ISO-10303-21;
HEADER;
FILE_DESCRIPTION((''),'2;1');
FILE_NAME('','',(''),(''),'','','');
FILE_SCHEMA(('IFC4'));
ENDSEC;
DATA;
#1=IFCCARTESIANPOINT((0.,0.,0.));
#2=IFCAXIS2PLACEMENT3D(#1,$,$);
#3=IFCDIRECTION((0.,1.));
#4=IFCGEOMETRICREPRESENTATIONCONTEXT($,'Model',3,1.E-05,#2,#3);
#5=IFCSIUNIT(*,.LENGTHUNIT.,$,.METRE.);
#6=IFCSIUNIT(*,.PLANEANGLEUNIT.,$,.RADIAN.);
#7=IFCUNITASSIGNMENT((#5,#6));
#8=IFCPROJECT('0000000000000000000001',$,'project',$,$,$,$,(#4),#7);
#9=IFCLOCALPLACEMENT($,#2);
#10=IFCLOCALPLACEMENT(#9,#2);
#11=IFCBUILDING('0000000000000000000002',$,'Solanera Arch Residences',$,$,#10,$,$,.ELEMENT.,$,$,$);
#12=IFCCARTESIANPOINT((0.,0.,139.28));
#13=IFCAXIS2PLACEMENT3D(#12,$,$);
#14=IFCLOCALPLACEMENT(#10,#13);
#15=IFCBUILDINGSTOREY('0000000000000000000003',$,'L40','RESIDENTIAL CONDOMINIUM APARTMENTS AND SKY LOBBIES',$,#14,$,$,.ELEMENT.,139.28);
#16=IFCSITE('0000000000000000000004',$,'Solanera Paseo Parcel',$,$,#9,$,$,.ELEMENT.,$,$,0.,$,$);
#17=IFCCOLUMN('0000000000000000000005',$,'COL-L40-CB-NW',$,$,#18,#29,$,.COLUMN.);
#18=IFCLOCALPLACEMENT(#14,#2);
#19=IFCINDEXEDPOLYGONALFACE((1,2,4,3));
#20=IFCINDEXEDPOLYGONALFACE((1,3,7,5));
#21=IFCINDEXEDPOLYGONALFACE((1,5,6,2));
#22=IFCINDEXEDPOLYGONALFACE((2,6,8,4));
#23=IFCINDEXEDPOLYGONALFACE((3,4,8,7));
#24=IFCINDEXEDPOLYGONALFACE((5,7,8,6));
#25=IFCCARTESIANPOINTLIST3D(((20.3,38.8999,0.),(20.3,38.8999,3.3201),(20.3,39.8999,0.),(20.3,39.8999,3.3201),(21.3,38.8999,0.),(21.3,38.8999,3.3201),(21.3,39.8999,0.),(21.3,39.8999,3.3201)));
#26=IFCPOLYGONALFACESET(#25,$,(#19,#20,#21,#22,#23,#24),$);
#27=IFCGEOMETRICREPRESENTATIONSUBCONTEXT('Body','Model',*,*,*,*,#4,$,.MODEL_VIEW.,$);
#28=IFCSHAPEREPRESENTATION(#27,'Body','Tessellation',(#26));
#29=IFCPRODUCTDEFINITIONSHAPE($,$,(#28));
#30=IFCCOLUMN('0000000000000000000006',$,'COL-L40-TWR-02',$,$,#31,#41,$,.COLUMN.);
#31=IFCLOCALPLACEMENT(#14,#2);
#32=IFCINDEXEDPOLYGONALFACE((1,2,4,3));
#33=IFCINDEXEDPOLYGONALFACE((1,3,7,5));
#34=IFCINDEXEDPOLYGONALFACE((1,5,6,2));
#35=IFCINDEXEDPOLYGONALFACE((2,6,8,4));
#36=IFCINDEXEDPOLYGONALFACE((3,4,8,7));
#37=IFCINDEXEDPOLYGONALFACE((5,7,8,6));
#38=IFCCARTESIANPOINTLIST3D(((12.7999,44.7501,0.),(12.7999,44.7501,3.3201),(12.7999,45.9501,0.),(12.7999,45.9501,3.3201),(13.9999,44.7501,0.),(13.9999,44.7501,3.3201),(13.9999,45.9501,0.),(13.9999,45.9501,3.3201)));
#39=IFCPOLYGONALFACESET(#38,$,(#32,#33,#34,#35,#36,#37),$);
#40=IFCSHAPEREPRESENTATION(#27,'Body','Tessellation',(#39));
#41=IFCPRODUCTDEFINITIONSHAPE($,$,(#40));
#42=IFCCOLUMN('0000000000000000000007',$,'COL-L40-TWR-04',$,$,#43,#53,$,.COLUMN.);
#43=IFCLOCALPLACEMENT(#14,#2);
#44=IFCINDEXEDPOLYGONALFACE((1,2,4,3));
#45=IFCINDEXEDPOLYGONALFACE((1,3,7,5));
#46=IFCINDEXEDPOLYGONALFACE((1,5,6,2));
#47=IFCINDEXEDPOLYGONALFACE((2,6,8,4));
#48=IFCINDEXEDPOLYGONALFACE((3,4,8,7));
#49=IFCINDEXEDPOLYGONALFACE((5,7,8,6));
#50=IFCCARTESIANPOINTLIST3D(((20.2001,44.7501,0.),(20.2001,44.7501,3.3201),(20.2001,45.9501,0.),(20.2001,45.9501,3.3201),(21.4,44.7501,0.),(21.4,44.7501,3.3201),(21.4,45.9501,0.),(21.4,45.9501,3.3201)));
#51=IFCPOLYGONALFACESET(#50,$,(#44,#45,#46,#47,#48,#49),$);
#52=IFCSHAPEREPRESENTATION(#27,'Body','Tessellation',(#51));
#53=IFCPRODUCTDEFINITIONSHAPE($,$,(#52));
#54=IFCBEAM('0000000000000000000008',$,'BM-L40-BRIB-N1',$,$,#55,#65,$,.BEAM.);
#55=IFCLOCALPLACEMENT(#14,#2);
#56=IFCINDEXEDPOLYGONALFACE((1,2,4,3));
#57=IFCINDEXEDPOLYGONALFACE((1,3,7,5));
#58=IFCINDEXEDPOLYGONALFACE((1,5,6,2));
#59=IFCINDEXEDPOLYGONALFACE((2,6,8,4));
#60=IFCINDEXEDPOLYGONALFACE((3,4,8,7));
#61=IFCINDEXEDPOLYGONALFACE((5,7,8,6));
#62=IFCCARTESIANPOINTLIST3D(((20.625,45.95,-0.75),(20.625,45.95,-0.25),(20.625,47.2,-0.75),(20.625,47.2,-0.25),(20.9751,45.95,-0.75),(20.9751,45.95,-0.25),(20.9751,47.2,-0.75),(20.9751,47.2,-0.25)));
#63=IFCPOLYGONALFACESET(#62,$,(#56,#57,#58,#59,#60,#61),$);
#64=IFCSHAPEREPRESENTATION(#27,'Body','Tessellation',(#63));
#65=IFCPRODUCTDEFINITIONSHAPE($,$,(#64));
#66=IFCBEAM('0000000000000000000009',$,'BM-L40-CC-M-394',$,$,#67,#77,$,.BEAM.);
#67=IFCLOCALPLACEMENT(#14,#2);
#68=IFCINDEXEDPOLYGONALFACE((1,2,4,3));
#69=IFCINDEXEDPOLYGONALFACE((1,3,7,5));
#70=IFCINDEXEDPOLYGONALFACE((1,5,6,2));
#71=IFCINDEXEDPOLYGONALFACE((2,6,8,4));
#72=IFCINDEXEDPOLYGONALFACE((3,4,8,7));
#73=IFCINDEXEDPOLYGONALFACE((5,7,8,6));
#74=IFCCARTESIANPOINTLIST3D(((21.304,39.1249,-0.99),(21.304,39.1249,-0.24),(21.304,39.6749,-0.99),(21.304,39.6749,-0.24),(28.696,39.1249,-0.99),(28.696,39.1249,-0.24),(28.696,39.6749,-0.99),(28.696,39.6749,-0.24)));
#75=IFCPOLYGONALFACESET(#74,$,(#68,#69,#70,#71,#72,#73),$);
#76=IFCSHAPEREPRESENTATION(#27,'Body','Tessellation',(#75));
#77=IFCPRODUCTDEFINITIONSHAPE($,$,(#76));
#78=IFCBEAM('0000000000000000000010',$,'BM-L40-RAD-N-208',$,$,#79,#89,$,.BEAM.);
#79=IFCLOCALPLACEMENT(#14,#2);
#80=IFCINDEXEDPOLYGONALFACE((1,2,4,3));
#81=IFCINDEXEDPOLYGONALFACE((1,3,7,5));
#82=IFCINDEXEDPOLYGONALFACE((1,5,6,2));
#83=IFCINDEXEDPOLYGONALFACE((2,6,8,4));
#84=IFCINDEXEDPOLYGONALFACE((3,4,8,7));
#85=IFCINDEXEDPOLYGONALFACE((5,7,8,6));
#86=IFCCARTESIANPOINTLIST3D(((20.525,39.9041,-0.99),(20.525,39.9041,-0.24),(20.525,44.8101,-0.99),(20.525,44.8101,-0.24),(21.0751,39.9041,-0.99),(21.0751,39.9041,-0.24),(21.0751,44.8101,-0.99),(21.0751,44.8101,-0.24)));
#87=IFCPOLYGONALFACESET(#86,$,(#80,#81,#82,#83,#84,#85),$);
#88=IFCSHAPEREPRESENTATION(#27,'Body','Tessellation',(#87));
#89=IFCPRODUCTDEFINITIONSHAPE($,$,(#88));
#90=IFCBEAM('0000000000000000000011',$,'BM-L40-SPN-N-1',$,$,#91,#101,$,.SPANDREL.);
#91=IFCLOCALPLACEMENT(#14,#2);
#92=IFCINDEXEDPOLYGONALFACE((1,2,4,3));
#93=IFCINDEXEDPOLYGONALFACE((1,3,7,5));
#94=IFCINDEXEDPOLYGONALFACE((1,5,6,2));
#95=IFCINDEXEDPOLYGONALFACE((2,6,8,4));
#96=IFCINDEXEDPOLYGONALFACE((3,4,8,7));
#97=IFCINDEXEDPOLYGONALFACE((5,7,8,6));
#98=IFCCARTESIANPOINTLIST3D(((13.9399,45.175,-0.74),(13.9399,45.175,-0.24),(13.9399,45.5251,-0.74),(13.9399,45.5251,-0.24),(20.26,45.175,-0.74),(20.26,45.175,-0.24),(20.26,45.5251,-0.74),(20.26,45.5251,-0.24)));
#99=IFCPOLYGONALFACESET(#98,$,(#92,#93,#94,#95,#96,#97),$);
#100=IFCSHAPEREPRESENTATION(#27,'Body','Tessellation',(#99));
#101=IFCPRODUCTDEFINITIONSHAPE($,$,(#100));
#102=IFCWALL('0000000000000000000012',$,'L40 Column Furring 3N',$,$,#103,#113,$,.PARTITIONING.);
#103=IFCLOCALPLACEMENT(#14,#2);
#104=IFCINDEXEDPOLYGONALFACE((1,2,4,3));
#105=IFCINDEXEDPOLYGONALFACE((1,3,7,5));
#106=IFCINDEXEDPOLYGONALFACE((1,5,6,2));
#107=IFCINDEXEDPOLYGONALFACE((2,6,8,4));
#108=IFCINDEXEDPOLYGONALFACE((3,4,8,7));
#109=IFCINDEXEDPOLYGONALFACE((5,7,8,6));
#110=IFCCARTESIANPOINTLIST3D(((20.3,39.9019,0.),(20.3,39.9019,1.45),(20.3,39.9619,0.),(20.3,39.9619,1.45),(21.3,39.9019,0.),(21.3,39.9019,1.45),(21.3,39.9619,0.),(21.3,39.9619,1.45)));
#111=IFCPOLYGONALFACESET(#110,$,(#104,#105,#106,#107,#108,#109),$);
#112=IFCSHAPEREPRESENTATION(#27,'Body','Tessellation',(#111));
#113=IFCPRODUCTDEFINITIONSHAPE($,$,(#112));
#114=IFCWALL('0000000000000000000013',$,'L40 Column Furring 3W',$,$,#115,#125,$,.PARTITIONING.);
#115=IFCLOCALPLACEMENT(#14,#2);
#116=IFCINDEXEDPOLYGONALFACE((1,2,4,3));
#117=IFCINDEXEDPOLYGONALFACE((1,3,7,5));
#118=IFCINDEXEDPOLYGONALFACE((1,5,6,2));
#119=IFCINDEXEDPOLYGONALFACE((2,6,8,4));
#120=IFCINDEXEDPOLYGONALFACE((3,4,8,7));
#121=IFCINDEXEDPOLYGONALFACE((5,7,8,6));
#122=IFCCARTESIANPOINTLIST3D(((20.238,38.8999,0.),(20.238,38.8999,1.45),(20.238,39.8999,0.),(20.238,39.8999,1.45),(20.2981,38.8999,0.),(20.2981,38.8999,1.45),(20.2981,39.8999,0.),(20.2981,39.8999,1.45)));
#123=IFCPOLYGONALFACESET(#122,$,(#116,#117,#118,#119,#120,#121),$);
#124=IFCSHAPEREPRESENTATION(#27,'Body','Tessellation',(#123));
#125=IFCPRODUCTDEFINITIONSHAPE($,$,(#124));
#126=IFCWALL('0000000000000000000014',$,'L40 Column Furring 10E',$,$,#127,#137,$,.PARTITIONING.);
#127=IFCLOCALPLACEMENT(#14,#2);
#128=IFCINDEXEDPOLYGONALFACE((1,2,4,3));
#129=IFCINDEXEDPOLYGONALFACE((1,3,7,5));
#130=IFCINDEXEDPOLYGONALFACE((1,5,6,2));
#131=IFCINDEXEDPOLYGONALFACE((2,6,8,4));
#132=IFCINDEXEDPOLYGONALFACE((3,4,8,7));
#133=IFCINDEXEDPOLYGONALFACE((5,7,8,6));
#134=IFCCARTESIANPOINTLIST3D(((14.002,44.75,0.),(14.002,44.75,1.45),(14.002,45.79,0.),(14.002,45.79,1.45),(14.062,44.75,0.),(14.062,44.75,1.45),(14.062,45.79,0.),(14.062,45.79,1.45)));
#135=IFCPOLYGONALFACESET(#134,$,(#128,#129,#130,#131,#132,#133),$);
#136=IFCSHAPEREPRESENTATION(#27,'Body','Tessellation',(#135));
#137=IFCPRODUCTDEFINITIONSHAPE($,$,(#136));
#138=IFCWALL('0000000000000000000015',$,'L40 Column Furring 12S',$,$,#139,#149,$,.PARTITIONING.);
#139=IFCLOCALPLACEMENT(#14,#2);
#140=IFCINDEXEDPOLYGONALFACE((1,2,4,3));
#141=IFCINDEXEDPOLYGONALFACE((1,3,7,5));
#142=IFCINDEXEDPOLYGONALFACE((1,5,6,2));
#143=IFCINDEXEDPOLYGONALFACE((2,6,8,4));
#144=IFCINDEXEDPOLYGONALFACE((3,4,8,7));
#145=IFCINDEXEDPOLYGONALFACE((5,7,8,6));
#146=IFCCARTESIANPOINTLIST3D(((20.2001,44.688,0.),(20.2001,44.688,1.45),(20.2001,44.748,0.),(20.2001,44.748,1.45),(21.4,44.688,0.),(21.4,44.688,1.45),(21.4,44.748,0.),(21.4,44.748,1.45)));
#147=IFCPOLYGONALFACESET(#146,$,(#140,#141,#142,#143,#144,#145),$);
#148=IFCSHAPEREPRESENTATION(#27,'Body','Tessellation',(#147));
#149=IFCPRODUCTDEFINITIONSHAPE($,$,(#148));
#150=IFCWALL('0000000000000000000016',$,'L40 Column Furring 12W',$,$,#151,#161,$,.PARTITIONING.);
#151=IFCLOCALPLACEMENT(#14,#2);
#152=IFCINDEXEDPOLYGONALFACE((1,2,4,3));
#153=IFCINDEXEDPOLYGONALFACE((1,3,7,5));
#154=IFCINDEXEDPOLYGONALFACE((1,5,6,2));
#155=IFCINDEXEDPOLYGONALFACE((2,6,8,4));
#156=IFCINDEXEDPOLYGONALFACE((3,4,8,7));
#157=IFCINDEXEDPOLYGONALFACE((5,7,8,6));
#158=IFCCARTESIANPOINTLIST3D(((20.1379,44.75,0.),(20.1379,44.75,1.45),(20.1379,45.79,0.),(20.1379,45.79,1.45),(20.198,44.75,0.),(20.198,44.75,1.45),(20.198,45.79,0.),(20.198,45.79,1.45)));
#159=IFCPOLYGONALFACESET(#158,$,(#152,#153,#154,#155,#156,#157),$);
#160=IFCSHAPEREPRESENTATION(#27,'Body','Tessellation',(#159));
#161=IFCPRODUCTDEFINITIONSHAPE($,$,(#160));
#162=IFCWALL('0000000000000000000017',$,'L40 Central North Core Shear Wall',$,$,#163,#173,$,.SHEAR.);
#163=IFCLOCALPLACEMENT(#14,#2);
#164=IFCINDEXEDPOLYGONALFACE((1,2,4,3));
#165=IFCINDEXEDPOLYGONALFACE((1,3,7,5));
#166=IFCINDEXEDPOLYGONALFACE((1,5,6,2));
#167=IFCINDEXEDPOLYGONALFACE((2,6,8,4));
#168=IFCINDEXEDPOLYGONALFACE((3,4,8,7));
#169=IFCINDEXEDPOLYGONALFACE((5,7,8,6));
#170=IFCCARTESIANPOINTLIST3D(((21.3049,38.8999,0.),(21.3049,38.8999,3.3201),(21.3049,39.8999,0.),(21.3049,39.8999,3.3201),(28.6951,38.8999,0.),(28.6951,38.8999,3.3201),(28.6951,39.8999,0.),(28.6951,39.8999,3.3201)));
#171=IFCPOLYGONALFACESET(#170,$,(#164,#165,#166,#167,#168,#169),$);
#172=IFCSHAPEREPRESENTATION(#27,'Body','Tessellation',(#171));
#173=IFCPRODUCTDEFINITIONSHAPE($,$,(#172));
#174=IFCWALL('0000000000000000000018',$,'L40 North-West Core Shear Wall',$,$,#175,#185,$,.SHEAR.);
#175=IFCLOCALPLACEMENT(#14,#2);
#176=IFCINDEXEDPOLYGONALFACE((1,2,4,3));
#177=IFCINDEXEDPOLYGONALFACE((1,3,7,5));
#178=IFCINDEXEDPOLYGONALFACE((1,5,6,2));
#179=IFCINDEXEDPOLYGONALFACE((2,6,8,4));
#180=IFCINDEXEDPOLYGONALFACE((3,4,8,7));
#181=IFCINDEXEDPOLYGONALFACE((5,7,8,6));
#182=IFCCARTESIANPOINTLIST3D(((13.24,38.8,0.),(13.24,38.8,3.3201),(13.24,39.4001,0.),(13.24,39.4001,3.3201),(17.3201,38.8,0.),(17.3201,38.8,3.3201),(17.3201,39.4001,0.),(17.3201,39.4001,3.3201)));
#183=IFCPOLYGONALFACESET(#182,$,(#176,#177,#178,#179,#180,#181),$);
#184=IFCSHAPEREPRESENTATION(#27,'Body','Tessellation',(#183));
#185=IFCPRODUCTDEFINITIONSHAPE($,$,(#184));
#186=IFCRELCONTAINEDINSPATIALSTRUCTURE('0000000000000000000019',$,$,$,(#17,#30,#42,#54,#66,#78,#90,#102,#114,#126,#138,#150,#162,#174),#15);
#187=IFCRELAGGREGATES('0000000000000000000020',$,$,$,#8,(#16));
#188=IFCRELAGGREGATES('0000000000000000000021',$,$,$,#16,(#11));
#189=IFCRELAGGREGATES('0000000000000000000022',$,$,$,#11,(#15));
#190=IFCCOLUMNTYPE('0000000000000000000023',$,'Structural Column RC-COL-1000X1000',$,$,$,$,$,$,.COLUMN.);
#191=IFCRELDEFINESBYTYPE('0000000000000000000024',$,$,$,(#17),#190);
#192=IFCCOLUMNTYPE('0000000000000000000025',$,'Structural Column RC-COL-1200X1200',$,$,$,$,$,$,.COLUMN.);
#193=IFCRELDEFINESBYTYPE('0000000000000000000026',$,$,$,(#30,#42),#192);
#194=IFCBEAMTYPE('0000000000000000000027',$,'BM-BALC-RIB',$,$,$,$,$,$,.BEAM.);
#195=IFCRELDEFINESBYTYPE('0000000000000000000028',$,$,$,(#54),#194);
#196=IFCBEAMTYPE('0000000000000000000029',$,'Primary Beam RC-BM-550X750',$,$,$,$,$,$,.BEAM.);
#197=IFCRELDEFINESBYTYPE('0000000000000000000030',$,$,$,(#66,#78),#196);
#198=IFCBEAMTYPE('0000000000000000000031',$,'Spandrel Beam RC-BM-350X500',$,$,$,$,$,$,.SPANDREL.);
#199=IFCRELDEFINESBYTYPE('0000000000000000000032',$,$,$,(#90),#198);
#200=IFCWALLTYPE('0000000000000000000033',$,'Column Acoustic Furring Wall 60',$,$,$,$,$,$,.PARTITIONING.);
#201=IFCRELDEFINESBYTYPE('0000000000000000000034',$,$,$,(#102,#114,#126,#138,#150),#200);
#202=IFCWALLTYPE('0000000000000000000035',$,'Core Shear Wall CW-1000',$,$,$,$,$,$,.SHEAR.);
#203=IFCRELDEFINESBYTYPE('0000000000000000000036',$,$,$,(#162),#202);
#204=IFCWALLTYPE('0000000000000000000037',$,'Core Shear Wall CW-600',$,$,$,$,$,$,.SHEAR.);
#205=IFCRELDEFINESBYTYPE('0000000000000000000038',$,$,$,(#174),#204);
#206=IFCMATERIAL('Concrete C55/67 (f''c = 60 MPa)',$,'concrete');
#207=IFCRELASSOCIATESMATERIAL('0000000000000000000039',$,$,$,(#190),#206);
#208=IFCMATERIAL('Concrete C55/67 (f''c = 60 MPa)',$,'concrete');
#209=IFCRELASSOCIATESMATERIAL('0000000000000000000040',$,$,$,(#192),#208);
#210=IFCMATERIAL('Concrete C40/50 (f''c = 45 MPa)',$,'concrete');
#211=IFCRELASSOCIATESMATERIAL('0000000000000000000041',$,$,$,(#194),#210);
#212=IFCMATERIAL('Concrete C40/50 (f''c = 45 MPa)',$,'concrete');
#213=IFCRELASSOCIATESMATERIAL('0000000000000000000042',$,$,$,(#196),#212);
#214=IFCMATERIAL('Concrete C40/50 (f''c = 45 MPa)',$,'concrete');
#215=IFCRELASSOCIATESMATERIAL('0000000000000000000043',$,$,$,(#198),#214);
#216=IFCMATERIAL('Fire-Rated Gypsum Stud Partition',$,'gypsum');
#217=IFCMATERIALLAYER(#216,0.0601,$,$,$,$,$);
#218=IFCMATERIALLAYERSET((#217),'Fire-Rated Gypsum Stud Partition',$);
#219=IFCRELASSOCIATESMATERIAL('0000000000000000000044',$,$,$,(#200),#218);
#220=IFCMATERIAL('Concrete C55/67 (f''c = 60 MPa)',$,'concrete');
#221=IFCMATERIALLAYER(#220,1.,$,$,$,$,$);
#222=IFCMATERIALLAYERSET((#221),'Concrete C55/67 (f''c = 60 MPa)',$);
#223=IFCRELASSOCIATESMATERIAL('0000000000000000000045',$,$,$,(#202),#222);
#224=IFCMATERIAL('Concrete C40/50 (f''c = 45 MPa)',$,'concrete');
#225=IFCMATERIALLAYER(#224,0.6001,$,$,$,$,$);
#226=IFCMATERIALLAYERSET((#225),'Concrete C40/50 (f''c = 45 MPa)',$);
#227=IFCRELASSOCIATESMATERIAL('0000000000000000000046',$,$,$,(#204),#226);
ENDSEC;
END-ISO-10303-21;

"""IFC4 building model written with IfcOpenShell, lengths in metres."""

from ifc_helpers import new_model, si_unit, direction, frame, frame_2d, origin, origin_2d, place, context, subcontext, project, spatial, rectangle, extrude, material, layer, layer_set, material_profile, profile_set, type_object, element, save


model = new_model("IFC4")

# Units and contexts
model_context = context("Model", 3, precision=1e-05, world=origin(), true_north=direction((0.0, 1.0)))
body_context = subcontext(model_context, "Body", "Model", "MODEL_VIEW")
ifc_project = project(units=[si_unit("LENGTHUNIT", "METRE"), si_unit("PLANEANGLEUNIT", "RADIAN")], contexts=[model_context])

# Site, building, storey
site_placement = place(None, origin())
site = spatial("IfcSite", under=ifc_project, at=site_placement, Name="Solanera Paseo Parcel", CompositionType="ELEMENT", RefElevation=0.0)
building_placement = place(site_placement, origin())
building = spatial("IfcBuilding", under=site, at=building_placement, Name="Solanera Arch Residences", CompositionType="ELEMENT")
storey_placement = place(building_placement, frame((0.0, 0.0, 139.28)))
storey = spatial("IfcBuildingStorey", under=building, at=storey_placement, Name="L40", Description="RESIDENTIAL CONDOMINIUM APARTMENTS AND SKY LOBBIES", CompositionType="ELEMENT", Elevation=139.28)

# Columns
ifc_material_1 = material(Name="Concrete C55/67 (f'c = 60 MPa)", Category="concrete")
ifc_material_profile_1 = material_profile(ifc_material_1, rectangle(XDim=1.0, YDim=1.0, at=origin_2d()))
ifc_profile_set_1 = profile_set([ifc_material_profile_1], Name="Concrete C55/67 (f'c = 60 MPa)")
column_type_1 = type_object("IfcColumnType", Name="Structural Column RC-COL-1000X1000", PredefinedType="COLUMN", material=ifc_profile_set_1)
column_placement = place(storey_placement, frame((20.8, 39.3999, 0.0), z_axis=(0.0, 0.0, 1.0), x_axis=(1.0, 0.0, 0.0)))
element("IfcColumn", 1, at=column_placement, inside=storey, type_object=column_type_1, Name="COL-L40-CB-NW", PredefinedType="COLUMN", context=body_context, shape_type="SweptSolid", body=[
    extrude(rectangle(XDim=1.0, YDim=1.0, at=origin_2d()), origin(), (0.0, 0.0, 1.0), 3.3201),
])
ifc_material_2 = material(Name="Concrete C55/67 (f'c = 60 MPa)", Category="concrete")
ifc_material_profile_2 = material_profile(ifc_material_2, rectangle(XDim=1.2, YDim=1.2, at=origin_2d()))
ifc_profile_set_2 = profile_set([ifc_material_profile_2], Name="Concrete C55/67 (f'c = 60 MPa)")
column_type_2 = type_object("IfcColumnType", Name="Structural Column RC-COL-1200X1200", PredefinedType="COLUMN", material=ifc_profile_set_2)
for number, where, z_axis, x_axis, name in (
    (2, (13.3999, 45.3501, 0.0), (0.0, 0.0, 1.0), (1.0, 0.0, 0.0), "COL-L40-TWR-02"),
    (3, (20.8, 45.3501, 0.0), (0.0, 0.0, 1.0), (1.0, 0.0, 0.0), "COL-L40-TWR-04"),
):
    element("IfcColumn", number, at=place(storey_placement, frame(where, z_axis=z_axis, x_axis=x_axis)), inside=storey, type_object=column_type_2, Name=name, PredefinedType="COLUMN", context=body_context, shape_type="SweptSolid", body=[
        extrude(rectangle(XDim=1.2, YDim=1.2, at=origin_2d()), origin(), (0.0, 0.0, 1.0), 3.3201),
    ])

# Beams
ifc_material_3 = material(Name="Concrete C40/50 (f'c = 45 MPa)", Category="concrete")
ifc_material_profile_3 = material_profile(ifc_material_3, rectangle(XDim=0.3501, YDim=0.5, at=origin_2d()))
ifc_profile_set_3 = profile_set([ifc_material_profile_3], Name="Concrete C40/50 (f'c = 45 MPa)")
beam_type_1 = type_object("IfcBeamType", Name="BM-BALC-RIB", PredefinedType="BEAM", material=ifc_profile_set_3)
beam_1_placement = place(storey_placement, frame((20.8, 45.95, -0.5), z_axis=(0.0, 1.0, 0.0), x_axis=(-1.0, 0.0, 0.0)))
element("IfcBeam", 4, at=beam_1_placement, inside=storey, type_object=beam_type_1, Name="BM-L40-BRIB-N1", PredefinedType="BEAM", context=body_context, shape_type="SweptSolid", body=[
    extrude(rectangle(XDim=0.3501, YDim=0.5, at=origin_2d()), origin(), (0.0, 0.0, 1.0), 1.25),
])
ifc_material_4 = material(Name="Concrete C40/50 (f'c = 45 MPa)", Category="concrete")
ifc_material_profile_4 = material_profile(ifc_material_4, rectangle(XDim=0.55, YDim=0.75, at=origin_2d()))
ifc_profile_set_4 = profile_set([ifc_material_profile_4], Name="Concrete C40/50 (f'c = 45 MPa)")
beam_type_2 = type_object("IfcBeamType", Name="Primary Beam RC-BM-550X750", PredefinedType="BEAM", material=ifc_profile_set_4)
beam_2_placement = place(storey_placement, frame((21.304, 39.3999, -0.615), z_axis=(1.0, 0.0, 0.0), x_axis=(0.0, 1.0, 0.0)))
element("IfcBeam", 5, at=beam_2_placement, inside=storey, type_object=beam_type_2, Name="BM-L40-CC-M-394", PredefinedType="BEAM", context=body_context, shape_type="SweptSolid", body=[
    extrude(rectangle(XDim=0.55, YDim=0.75, at=origin_2d()), origin(), (0.0, 0.0, 1.0), 7.3921),
])
beam_3_placement = place(storey_placement, frame((20.8, 39.9041, -0.615), z_axis=(0.0, 1.0, 0.0), x_axis=(-1.0, 0.0, 0.0)))
element("IfcBeam", 6, at=beam_3_placement, inside=storey, type_object=beam_type_2, Name="BM-L40-RAD-N-208", PredefinedType="BEAM", context=body_context, shape_type="SweptSolid", body=[
    extrude(rectangle(XDim=0.55, YDim=0.75, at=origin_2d()), origin(), (0.0, 0.0, 1.0), 4.906),
])
ifc_material_5 = material(Name="Concrete C40/50 (f'c = 45 MPa)", Category="concrete")
ifc_material_profile_5 = material_profile(ifc_material_5, rectangle(XDim=0.3501, YDim=0.5, at=origin_2d()))
ifc_profile_set_5 = profile_set([ifc_material_profile_5], Name="Concrete C40/50 (f'c = 45 MPa)")
beam_type_3 = type_object("IfcBeamType", Name="Spandrel Beam RC-BM-350X500", PredefinedType="SPANDREL", material=ifc_profile_set_5)
beam_4_placement = place(storey_placement, frame((13.9399, 45.3501, -0.49), z_axis=(1.0, 0.0, 0.0), x_axis=(0.0, 1.0, 0.0)))
element("IfcBeam", 7, at=beam_4_placement, inside=storey, type_object=beam_type_3, Name="BM-L40-SPN-N-1", PredefinedType="SPANDREL", context=body_context, shape_type="SweptSolid", body=[
    extrude(rectangle(XDim=0.3501, YDim=0.5, at=origin_2d()), origin(), (0.0, 0.0, 1.0), 6.3201),
])

# Walls
ifc_material_6 = material(Name="Fire-Rated Gypsum Stud Partition", Category="gypsum")
ifc_layer_1 = layer(ifc_material_6, 0.0601)
ifc_layer_set_1 = layer_set([ifc_layer_1], Name="Fire-Rated Gypsum Stud Partition")
wall_type_1 = type_object("IfcWallType", Name="Column Acoustic Furring Wall 60", PredefinedType="PARTITIONING", material=ifc_layer_set_1)
for number, where, z_axis, x_axis, name in (
    (8, (20.3, 39.9319, 0.0), (0.0, 0.0, 1.0), (1.0, 0.0, 0.0), "L40 Column Furring 3N"),
    (9, (20.2681, 38.8999, 0.0), (0.0, 0.0, 1.0), (0.0, 1.0, 0.0), "L40 Column Furring 3W"),
):
    element("IfcWall", number, at=place(storey_placement, frame(where, z_axis=z_axis, x_axis=x_axis)), inside=storey, type_object=wall_type_1, Name=name, PredefinedType="PARTITIONING", context=body_context, shape_type="SweptSolid", body=[
        extrude(rectangle(XDim=1.0, YDim=0.0601, at=frame_2d((0.5, 0.0))), origin(), (0.0, 0.0, 1.0), 1.45),
    ])
wall_1_placement = place(storey_placement, frame((14.032, 44.75, 0.0), z_axis=(0.0, 0.0, 1.0), x_axis=(0.0, 1.0, 0.0)))
element("IfcWall", 10, at=wall_1_placement, inside=storey, type_object=wall_type_1, Name="L40 Column Furring 10E", PredefinedType="PARTITIONING", context=body_context, shape_type="SweptSolid", body=[
    extrude(rectangle(XDim=1.04, YDim=0.0601, at=frame_2d((0.52, 0.0))), origin(), (0.0, 0.0, 1.0), 1.45),
])
wall_2_placement = place(storey_placement, frame((20.2, 44.718, 0.0), z_axis=(0.0, 0.0, 1.0), x_axis=(1.0, 0.0, 0.0)))
element("IfcWall", 11, at=wall_2_placement, inside=storey, type_object=wall_type_1, Name="L40 Column Furring 12S", PredefinedType="PARTITIONING", context=body_context, shape_type="SweptSolid", body=[
    extrude(rectangle(XDim=1.2, YDim=0.0601, at=frame_2d((0.6001, 0.0))), origin(), (0.0, 0.0, 1.0), 1.45),
])
wall_3_placement = place(storey_placement, frame((20.168, 44.75, 0.0), z_axis=(0.0, 0.0, 1.0), x_axis=(0.0, 1.0, 0.0)))
element("IfcWall", 12, at=wall_3_placement, inside=storey, type_object=wall_type_1, Name="L40 Column Furring 12W", PredefinedType="PARTITIONING", context=body_context, shape_type="SweptSolid", body=[
    extrude(rectangle(XDim=1.04, YDim=0.0601, at=frame_2d((0.52, 0.0))), origin(), (0.0, 0.0, 1.0), 1.45),
])
ifc_material_7 = material(Name="Concrete C55/67 (f'c = 60 MPa)", Category="concrete")
ifc_layer_2 = layer(ifc_material_7, 1.0)
ifc_layer_set_2 = layer_set([ifc_layer_2], Name="Concrete C55/67 (f'c = 60 MPa)")
wall_type_2 = type_object("IfcWallType", Name="Core Shear Wall CW-1000", PredefinedType="SHEAR", material=ifc_layer_set_2)
wall_4_placement = place(storey_placement, frame((21.3049, 39.3999, 0.0), z_axis=(0.0, 0.0, 1.0), x_axis=(1.0, 0.0, 0.0)))
element("IfcWall", 13, at=wall_4_placement, inside=storey, type_object=wall_type_2, Name="L40 Central North Core Shear Wall", PredefinedType="SHEAR", context=body_context, shape_type="SweptSolid", body=[
    extrude(rectangle(XDim=7.3901, YDim=1.0, at=frame_2d((3.6951, 0.0))), origin(), (0.0, 0.0, 1.0), 3.3201),
])
ifc_material_8 = material(Name="Concrete C40/50 (f'c = 45 MPa)", Category="concrete")
ifc_layer_3 = layer(ifc_material_8, 0.6001)
ifc_layer_set_3 = layer_set([ifc_layer_3], Name="Concrete C40/50 (f'c = 45 MPa)")
wall_type_3 = type_object("IfcWallType", Name="Core Shear Wall CW-600", PredefinedType="SHEAR", material=ifc_layer_set_3)
wall_5_placement = place(storey_placement, frame((13.24, 39.1001, 0.0), z_axis=(0.0, 0.0, 1.0), x_axis=(1.0, 0.0, 0.0)))
element("IfcWall", 14, at=wall_5_placement, inside=storey, type_object=wall_type_3, Name="L40 North-West Core Shear Wall", PredefinedType="SHEAR", context=body_context, shape_type="SweptSolid", body=[
    extrude(rectangle(XDim=4.0801, YDim=0.6001, at=frame_2d((2.04, 0.0))), origin(), (0.0, 0.0, 1.0), 3.3201),
])

save(model, "model.ifc")
